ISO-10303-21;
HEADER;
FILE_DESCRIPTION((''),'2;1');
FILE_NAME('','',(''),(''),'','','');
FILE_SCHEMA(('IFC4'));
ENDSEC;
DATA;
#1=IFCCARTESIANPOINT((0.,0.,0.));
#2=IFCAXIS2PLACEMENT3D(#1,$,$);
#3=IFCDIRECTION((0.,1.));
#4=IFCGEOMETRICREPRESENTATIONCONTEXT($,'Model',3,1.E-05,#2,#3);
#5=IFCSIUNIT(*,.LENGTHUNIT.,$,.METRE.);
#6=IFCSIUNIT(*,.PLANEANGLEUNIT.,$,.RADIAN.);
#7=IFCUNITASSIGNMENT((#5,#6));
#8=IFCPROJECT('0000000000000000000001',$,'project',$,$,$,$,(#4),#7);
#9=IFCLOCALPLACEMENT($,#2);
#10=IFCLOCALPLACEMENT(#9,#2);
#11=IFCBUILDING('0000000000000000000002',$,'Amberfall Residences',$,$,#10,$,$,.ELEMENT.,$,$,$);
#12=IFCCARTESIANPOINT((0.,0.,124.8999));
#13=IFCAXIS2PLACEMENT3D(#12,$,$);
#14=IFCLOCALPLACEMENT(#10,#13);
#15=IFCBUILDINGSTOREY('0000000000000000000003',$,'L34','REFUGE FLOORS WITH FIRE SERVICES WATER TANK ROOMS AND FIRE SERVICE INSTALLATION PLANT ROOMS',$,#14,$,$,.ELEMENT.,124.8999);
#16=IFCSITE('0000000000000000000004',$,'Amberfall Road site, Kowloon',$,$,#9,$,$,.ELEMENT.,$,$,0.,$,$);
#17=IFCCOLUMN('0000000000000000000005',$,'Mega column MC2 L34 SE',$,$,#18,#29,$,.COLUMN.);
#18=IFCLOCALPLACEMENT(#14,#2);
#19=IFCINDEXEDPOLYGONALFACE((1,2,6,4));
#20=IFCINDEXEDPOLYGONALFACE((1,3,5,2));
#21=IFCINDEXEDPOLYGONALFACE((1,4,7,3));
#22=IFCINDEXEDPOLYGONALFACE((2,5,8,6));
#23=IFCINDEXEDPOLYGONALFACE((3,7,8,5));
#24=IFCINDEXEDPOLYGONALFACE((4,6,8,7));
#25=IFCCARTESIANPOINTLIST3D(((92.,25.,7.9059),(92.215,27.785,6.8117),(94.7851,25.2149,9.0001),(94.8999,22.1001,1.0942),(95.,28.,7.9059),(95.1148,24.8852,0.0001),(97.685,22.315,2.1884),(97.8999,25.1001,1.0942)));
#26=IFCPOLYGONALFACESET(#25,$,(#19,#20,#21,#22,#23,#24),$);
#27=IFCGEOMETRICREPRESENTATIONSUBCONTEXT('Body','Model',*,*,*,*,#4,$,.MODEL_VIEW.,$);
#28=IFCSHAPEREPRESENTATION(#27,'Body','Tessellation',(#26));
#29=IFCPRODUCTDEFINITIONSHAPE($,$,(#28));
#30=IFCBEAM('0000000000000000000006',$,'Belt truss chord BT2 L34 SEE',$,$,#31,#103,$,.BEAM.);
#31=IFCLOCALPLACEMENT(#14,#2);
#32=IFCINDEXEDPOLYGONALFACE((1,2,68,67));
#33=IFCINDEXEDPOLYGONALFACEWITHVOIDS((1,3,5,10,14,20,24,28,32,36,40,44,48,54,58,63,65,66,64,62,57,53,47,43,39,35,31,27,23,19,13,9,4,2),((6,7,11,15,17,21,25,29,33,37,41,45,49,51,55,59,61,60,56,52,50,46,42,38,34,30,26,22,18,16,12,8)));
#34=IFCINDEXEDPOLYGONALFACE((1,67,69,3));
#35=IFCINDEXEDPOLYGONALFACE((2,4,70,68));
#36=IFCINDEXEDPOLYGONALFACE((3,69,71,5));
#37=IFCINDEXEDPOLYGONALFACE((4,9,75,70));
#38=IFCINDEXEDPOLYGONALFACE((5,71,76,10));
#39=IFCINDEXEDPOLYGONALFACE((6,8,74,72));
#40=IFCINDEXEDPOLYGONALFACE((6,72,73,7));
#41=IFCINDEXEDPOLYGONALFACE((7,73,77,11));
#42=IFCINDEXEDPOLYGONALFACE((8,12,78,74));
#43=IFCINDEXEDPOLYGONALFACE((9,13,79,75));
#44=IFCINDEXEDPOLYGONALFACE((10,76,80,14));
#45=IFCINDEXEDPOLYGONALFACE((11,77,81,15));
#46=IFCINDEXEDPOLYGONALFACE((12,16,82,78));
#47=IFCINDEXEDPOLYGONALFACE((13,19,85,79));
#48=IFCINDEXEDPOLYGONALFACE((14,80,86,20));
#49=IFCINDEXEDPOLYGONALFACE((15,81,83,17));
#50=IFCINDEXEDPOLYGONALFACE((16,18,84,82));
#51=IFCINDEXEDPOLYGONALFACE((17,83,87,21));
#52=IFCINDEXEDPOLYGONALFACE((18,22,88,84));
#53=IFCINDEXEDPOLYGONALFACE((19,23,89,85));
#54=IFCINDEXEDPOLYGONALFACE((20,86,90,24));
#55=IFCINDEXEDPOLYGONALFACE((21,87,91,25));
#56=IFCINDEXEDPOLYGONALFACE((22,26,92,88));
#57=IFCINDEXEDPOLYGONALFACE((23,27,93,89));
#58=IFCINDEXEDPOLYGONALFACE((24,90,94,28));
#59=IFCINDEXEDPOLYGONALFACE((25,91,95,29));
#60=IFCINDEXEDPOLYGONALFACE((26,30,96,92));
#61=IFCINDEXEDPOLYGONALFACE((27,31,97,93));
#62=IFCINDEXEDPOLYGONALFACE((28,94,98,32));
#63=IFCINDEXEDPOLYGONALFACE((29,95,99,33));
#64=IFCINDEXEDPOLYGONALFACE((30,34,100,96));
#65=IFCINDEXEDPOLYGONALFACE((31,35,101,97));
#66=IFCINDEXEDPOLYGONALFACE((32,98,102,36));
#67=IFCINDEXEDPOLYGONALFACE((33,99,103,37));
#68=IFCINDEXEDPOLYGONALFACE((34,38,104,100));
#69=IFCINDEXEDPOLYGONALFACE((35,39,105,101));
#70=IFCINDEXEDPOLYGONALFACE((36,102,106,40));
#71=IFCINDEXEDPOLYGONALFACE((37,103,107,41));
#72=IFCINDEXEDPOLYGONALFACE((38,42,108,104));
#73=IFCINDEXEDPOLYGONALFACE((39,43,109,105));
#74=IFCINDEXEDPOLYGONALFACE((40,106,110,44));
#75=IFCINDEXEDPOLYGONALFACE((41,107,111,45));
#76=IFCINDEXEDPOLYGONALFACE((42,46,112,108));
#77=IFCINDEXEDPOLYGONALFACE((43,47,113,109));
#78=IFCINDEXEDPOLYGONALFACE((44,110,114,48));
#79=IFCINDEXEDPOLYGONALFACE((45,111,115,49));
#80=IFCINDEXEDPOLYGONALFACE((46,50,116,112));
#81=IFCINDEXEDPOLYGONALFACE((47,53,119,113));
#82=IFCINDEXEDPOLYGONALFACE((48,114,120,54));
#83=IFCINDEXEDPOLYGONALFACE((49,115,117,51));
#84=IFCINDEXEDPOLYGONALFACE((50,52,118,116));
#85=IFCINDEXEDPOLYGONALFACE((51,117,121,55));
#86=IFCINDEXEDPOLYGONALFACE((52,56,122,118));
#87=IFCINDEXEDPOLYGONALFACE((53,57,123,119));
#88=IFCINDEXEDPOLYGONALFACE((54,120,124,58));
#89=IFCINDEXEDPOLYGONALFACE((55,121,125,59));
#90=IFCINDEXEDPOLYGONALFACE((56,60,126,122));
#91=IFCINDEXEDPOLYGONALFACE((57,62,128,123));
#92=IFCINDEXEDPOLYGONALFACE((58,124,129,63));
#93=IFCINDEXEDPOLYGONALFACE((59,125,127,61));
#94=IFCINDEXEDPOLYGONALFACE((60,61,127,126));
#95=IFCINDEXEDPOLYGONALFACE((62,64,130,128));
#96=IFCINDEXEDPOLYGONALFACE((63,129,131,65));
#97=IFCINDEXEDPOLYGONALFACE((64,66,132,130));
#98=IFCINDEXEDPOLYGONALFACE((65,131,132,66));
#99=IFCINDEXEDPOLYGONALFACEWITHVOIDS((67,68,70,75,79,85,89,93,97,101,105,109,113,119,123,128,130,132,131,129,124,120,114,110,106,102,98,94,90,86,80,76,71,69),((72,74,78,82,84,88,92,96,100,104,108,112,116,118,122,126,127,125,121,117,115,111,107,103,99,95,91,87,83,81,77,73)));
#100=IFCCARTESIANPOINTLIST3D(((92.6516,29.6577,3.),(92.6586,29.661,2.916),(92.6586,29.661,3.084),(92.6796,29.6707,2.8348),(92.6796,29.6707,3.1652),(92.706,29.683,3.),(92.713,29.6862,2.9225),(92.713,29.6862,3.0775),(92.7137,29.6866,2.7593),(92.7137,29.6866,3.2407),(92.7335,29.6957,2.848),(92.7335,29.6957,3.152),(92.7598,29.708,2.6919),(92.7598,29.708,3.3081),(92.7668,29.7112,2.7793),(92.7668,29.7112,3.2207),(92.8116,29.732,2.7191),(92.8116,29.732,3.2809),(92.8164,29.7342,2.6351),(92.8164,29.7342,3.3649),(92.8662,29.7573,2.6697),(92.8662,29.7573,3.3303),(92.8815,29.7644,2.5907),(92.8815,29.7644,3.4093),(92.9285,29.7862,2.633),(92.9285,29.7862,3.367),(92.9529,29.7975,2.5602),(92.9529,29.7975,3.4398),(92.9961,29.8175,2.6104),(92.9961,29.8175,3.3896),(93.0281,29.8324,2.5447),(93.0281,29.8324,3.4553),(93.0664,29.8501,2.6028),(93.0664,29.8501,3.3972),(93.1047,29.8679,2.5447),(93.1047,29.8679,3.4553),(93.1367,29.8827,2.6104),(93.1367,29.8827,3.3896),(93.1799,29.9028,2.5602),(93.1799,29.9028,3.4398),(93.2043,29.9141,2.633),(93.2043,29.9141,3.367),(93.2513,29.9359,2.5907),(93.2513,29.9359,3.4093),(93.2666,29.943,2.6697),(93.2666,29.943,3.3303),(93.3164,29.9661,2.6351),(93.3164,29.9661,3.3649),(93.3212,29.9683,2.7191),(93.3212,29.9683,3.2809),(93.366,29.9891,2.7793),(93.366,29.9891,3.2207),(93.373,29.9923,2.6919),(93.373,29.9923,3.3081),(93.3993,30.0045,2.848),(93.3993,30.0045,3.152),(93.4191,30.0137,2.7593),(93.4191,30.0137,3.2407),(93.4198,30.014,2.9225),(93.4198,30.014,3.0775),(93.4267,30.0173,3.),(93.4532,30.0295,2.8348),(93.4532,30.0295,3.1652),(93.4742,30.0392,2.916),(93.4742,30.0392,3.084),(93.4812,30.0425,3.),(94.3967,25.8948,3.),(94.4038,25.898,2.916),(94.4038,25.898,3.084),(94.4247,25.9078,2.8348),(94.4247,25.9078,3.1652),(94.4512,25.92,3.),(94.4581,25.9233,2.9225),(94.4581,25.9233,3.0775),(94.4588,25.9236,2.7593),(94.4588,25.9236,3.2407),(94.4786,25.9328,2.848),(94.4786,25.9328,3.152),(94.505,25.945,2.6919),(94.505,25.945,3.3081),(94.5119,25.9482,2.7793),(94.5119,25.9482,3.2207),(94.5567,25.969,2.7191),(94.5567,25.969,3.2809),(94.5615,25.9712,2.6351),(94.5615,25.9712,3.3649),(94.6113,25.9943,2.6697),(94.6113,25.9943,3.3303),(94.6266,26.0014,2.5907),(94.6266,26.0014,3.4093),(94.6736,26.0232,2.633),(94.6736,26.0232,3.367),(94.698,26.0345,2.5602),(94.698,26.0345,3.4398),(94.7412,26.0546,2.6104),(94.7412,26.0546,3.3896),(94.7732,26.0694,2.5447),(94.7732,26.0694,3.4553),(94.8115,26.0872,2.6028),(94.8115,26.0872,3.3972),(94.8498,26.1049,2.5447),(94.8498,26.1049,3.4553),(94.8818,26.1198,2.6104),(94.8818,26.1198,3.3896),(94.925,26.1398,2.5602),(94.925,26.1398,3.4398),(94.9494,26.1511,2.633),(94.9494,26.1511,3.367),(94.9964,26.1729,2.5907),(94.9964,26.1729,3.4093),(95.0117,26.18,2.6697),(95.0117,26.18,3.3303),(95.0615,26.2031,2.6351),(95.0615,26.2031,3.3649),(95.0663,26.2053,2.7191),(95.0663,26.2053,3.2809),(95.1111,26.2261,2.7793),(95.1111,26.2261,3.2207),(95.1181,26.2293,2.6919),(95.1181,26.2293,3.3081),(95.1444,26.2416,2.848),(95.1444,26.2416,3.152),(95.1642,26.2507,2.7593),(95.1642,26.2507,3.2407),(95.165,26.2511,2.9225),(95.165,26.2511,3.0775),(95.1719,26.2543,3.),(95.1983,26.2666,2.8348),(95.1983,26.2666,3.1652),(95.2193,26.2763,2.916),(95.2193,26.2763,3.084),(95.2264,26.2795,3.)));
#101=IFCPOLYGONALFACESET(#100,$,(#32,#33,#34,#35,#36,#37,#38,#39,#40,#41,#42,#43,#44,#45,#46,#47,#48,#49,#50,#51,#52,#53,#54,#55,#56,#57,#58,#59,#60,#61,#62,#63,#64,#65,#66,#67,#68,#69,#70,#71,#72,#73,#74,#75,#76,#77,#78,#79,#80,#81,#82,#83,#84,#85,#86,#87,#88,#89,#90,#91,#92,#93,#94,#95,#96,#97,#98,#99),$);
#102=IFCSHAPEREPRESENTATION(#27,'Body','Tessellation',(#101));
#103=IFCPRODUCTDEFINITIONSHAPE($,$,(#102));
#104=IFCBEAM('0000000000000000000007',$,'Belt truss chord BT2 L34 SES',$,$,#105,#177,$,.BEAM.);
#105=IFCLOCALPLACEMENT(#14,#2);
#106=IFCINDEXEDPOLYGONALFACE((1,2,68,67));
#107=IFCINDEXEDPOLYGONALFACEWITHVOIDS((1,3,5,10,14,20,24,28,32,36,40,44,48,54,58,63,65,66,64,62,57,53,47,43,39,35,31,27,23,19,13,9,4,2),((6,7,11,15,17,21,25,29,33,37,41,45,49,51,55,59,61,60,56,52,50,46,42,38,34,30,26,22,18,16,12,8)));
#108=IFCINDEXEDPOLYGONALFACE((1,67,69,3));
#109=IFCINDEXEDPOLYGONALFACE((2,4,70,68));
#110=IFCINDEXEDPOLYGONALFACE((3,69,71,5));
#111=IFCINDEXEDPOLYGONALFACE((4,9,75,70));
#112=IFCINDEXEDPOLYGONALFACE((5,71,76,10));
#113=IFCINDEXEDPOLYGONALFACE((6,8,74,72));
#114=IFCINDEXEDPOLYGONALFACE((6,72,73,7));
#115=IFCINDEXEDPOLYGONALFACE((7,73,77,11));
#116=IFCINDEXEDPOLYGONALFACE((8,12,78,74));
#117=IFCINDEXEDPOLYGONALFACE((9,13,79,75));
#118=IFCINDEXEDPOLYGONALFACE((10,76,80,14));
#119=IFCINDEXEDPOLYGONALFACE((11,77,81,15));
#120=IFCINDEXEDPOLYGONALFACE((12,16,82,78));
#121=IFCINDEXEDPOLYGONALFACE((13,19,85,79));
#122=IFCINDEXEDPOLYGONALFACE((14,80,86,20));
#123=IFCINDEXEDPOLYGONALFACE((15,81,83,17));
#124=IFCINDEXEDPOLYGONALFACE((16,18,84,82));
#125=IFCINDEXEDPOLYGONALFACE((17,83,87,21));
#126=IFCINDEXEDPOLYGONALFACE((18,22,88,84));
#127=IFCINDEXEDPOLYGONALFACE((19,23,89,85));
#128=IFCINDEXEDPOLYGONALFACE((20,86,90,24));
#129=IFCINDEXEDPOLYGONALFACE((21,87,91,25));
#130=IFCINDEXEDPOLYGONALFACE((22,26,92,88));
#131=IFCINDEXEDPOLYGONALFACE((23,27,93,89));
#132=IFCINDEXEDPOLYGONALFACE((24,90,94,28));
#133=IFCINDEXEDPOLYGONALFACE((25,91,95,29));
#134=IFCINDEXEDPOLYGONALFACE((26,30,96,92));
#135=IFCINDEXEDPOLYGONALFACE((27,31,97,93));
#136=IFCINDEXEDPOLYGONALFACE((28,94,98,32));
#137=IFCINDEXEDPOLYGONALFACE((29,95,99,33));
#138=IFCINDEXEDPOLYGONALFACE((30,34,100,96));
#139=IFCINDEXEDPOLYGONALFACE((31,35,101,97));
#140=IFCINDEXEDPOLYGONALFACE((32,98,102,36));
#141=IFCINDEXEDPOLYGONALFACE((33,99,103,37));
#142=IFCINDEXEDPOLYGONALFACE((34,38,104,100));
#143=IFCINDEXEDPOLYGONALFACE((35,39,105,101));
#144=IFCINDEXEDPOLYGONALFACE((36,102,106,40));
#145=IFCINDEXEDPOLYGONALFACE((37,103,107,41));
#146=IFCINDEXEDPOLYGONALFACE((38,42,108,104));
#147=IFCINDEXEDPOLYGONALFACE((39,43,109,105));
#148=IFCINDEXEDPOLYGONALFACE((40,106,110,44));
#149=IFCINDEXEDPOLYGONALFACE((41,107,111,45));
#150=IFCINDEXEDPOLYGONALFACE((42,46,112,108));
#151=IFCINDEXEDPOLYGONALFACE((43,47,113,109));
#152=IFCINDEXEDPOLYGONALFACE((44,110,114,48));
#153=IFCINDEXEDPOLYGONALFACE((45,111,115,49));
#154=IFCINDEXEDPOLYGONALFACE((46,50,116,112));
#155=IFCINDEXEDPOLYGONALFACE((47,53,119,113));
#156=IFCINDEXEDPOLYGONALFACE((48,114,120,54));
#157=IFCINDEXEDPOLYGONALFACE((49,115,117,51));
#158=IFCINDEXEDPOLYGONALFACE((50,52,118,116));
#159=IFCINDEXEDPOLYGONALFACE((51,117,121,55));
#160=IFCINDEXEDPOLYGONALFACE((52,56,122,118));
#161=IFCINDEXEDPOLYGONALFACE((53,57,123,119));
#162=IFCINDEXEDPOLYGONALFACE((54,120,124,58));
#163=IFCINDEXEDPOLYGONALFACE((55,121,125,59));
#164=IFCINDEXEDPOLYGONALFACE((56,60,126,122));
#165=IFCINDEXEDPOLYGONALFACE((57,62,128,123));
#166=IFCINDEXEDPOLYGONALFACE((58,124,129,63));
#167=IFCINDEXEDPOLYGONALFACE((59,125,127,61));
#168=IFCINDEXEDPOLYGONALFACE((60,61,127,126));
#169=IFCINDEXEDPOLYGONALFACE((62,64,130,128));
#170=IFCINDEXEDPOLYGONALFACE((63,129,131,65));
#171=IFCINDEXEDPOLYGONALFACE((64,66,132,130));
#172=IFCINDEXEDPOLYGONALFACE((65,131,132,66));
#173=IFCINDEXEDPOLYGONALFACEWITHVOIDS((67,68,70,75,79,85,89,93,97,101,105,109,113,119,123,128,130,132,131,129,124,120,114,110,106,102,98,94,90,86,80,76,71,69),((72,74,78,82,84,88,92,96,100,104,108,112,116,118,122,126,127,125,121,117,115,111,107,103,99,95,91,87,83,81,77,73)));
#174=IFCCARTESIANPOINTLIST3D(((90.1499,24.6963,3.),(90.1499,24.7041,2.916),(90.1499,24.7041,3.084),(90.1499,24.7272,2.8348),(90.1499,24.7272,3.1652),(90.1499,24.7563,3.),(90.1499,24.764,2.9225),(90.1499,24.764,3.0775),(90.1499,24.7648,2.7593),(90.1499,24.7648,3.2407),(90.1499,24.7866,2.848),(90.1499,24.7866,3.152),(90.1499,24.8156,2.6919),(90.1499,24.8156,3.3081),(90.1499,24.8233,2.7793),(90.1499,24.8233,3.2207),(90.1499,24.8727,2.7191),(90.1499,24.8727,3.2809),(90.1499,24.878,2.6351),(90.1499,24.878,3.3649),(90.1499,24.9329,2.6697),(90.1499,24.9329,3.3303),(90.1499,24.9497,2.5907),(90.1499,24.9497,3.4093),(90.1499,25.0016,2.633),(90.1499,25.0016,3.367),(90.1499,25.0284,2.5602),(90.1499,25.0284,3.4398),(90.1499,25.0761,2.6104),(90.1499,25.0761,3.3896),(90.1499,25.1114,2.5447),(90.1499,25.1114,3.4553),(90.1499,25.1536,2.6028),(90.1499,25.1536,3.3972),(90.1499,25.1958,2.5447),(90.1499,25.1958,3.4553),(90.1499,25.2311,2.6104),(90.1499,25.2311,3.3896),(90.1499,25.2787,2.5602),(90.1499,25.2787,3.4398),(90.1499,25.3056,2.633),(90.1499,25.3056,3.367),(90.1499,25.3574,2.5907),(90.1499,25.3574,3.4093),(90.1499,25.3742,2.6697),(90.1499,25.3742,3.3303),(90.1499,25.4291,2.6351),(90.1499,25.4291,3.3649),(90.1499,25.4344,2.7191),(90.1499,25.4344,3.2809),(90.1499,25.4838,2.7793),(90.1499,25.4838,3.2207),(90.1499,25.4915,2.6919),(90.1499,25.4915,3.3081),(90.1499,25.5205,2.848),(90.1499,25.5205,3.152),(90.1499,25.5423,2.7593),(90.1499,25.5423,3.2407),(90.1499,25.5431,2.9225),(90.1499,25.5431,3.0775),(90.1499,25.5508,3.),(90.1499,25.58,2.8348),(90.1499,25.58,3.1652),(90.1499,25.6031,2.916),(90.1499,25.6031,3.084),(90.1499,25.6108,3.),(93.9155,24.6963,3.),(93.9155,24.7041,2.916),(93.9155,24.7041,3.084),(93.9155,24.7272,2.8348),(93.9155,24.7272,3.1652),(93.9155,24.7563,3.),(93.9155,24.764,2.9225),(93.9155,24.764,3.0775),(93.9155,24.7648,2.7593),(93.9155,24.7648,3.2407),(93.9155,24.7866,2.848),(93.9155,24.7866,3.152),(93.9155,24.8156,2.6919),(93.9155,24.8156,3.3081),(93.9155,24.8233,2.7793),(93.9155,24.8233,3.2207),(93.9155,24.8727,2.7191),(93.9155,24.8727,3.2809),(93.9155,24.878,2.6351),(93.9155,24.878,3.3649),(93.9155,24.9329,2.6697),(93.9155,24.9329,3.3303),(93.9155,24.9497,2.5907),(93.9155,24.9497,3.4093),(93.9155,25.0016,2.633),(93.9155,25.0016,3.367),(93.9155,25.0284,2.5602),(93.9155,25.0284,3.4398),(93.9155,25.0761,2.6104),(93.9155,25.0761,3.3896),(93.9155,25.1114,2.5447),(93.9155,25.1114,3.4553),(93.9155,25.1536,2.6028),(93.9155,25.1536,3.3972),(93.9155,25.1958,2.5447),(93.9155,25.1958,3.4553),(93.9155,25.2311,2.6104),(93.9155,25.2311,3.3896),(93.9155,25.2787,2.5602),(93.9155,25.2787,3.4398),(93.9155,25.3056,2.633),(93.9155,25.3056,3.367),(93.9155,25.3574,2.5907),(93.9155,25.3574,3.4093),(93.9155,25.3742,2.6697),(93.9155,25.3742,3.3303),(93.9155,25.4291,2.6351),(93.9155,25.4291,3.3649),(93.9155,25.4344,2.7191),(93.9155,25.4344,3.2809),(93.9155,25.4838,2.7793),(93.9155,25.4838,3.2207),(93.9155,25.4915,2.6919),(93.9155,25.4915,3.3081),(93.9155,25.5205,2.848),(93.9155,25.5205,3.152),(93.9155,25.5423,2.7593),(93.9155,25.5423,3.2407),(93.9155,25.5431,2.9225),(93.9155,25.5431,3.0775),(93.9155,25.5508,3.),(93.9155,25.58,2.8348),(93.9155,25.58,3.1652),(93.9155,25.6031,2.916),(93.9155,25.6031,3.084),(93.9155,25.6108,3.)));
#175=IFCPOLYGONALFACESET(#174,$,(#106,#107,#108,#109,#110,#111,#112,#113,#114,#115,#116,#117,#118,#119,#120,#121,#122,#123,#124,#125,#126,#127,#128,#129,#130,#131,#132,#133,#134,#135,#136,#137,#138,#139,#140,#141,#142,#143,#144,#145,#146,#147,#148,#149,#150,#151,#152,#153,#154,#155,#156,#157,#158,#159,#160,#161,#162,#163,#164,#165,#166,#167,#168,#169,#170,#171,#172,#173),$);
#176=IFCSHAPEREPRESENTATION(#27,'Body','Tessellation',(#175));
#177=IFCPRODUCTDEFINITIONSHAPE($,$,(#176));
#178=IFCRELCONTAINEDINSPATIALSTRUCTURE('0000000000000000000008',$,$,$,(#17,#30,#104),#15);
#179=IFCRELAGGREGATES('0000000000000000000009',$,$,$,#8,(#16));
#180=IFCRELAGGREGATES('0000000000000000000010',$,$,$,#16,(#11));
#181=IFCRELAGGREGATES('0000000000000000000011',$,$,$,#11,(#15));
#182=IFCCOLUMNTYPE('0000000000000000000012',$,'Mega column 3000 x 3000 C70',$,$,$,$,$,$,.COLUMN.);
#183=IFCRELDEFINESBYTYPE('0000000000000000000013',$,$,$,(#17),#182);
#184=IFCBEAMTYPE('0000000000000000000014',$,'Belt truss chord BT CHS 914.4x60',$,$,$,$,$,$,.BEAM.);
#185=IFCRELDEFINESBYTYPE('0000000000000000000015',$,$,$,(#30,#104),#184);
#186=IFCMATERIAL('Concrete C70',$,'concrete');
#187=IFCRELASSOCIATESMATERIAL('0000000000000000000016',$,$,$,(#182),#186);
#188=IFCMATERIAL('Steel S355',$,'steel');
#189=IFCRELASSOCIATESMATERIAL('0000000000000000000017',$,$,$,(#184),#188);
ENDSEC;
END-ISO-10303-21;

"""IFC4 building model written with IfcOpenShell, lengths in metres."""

from ifc_helpers import new_model, si_unit, direction, frame, origin, origin_2d, place, context, subcontext, project, spatial, rectangle, hollow_circle, extrude, material, material_profile, profile_set, type_object, element, save


model = new_model("IFC4")

# Units and contexts
model_context = context("Model", 3, precision=1e-05, world=origin(), true_north=direction((0.0, 1.0)))
body_context = subcontext(model_context, "Body", "Model", "MODEL_VIEW")
ifc_project = project(units=[si_unit("LENGTHUNIT", "METRE"), si_unit("PLANEANGLEUNIT", "RADIAN")], contexts=[model_context])

# Site, building, storey
site_placement = place(None, origin())
site = spatial("IfcSite", under=ifc_project, at=site_placement, Name="Amberfall Road site, Kowloon", CompositionType="ELEMENT", RefElevation=0.0)
building_placement = place(site_placement, origin())
building = spatial("IfcBuilding", under=site, at=building_placement, Name="Amberfall Residences", CompositionType="ELEMENT")
storey_placement = place(building_placement, frame((0.0, 0.0, 124.8999)))
storey = spatial("IfcBuildingStorey", under=building, at=storey_placement, Name="L34", Description="REFUGE FLOORS WITH FIRE SERVICES WATER TANK ROOMS AND FIRE SERVICE INSTALLATION PLANT ROOMS", CompositionType="ELEMENT", Elevation=124.8999)

# Column
ifc_material_1 = material(Name="Concrete C70", Category="concrete")
ifc_material_profile_1 = material_profile(ifc_material_1, rectangle(XDim=3.0, YDim=3.0, at=origin_2d()), Name="Mega column 3000 x 3000 C70")
ifc_profile_set_1 = profile_set([ifc_material_profile_1], Name="Concrete C70")
column_type = type_object("IfcColumnType", Name="Mega column 3000 x 3000 C70", PredefinedType="COLUMN", material=ifc_profile_set_1)
column_placement = place(storey_placement, frame((96.3999, 23.6001, 1.0942), z_axis=(-0.36472, 0.36472, 0.856714), x_axis=(-0.071643, -0.928357, 0.36472)))
element("IfcColumn", 1, at=column_placement, inside=storey, type_object=column_type, Name="Mega column MC2 L34 SE", PredefinedType="COLUMN", context=body_context, shape_type="SweptSolid", body=[
    extrude(rectangle(XDim=3.0, YDim=3.0, at=origin_2d()), origin(), (0.0, 0.0, 1.0), 7.9509),
])

# Beams
ifc_material_2 = material(Name="Steel S355", Category="steel")
ifc_material_profile_2 = material_profile(ifc_material_2, hollow_circle(Radius=0.4573, WallThickness=0.0601, at=origin_2d()), Name="CHS 914.4x60")
ifc_profile_set_2 = profile_set([ifc_material_profile_2], Name="Steel S355")
beam_type_1 = type_object("IfcBeamType", Name="Belt truss chord BT CHS 914.4x60", PredefinedType="BEAM", material=ifc_profile_set_2)
beam_1_placement = place(storey_placement, frame((94.8115, 26.0872, 3.0), z_axis=(-0.420722, 0.90719, 0.0), x_axis=(-0.90719, -0.420722, 0.0)))
element("IfcBeam", 2, at=beam_1_placement, inside=storey, type_object=beam_type_1, Name="Belt truss chord BT2 L34 SEE", PredefinedType="BEAM", context=body_context, shape_type="SweptSolid", body=[
    extrude(hollow_circle(Radius=0.4573, WallThickness=0.0601, at=origin_2d()), origin(), (0.0, 0.0, 1.0), 4.1479),
])
beam_2_placement = place(storey_placement, frame((93.9155, 25.1536, 3.0), z_axis=(-1.0, 0.0, 0.0), x_axis=(0.0, -1.0, 0.0)))
element("IfcBeam", 3, at=beam_2_placement, inside=storey, type_object=beam_type_1, Name="Belt truss chord BT2 L34 SES", PredefinedType="BEAM", context=body_context, shape_type="SweptSolid", body=[
    extrude(hollow_circle(Radius=0.4573, WallThickness=0.0601, at=origin_2d()), origin(), (0.0, 0.0, 1.0), 3.7656),
])

save(model, "model.ifc")
